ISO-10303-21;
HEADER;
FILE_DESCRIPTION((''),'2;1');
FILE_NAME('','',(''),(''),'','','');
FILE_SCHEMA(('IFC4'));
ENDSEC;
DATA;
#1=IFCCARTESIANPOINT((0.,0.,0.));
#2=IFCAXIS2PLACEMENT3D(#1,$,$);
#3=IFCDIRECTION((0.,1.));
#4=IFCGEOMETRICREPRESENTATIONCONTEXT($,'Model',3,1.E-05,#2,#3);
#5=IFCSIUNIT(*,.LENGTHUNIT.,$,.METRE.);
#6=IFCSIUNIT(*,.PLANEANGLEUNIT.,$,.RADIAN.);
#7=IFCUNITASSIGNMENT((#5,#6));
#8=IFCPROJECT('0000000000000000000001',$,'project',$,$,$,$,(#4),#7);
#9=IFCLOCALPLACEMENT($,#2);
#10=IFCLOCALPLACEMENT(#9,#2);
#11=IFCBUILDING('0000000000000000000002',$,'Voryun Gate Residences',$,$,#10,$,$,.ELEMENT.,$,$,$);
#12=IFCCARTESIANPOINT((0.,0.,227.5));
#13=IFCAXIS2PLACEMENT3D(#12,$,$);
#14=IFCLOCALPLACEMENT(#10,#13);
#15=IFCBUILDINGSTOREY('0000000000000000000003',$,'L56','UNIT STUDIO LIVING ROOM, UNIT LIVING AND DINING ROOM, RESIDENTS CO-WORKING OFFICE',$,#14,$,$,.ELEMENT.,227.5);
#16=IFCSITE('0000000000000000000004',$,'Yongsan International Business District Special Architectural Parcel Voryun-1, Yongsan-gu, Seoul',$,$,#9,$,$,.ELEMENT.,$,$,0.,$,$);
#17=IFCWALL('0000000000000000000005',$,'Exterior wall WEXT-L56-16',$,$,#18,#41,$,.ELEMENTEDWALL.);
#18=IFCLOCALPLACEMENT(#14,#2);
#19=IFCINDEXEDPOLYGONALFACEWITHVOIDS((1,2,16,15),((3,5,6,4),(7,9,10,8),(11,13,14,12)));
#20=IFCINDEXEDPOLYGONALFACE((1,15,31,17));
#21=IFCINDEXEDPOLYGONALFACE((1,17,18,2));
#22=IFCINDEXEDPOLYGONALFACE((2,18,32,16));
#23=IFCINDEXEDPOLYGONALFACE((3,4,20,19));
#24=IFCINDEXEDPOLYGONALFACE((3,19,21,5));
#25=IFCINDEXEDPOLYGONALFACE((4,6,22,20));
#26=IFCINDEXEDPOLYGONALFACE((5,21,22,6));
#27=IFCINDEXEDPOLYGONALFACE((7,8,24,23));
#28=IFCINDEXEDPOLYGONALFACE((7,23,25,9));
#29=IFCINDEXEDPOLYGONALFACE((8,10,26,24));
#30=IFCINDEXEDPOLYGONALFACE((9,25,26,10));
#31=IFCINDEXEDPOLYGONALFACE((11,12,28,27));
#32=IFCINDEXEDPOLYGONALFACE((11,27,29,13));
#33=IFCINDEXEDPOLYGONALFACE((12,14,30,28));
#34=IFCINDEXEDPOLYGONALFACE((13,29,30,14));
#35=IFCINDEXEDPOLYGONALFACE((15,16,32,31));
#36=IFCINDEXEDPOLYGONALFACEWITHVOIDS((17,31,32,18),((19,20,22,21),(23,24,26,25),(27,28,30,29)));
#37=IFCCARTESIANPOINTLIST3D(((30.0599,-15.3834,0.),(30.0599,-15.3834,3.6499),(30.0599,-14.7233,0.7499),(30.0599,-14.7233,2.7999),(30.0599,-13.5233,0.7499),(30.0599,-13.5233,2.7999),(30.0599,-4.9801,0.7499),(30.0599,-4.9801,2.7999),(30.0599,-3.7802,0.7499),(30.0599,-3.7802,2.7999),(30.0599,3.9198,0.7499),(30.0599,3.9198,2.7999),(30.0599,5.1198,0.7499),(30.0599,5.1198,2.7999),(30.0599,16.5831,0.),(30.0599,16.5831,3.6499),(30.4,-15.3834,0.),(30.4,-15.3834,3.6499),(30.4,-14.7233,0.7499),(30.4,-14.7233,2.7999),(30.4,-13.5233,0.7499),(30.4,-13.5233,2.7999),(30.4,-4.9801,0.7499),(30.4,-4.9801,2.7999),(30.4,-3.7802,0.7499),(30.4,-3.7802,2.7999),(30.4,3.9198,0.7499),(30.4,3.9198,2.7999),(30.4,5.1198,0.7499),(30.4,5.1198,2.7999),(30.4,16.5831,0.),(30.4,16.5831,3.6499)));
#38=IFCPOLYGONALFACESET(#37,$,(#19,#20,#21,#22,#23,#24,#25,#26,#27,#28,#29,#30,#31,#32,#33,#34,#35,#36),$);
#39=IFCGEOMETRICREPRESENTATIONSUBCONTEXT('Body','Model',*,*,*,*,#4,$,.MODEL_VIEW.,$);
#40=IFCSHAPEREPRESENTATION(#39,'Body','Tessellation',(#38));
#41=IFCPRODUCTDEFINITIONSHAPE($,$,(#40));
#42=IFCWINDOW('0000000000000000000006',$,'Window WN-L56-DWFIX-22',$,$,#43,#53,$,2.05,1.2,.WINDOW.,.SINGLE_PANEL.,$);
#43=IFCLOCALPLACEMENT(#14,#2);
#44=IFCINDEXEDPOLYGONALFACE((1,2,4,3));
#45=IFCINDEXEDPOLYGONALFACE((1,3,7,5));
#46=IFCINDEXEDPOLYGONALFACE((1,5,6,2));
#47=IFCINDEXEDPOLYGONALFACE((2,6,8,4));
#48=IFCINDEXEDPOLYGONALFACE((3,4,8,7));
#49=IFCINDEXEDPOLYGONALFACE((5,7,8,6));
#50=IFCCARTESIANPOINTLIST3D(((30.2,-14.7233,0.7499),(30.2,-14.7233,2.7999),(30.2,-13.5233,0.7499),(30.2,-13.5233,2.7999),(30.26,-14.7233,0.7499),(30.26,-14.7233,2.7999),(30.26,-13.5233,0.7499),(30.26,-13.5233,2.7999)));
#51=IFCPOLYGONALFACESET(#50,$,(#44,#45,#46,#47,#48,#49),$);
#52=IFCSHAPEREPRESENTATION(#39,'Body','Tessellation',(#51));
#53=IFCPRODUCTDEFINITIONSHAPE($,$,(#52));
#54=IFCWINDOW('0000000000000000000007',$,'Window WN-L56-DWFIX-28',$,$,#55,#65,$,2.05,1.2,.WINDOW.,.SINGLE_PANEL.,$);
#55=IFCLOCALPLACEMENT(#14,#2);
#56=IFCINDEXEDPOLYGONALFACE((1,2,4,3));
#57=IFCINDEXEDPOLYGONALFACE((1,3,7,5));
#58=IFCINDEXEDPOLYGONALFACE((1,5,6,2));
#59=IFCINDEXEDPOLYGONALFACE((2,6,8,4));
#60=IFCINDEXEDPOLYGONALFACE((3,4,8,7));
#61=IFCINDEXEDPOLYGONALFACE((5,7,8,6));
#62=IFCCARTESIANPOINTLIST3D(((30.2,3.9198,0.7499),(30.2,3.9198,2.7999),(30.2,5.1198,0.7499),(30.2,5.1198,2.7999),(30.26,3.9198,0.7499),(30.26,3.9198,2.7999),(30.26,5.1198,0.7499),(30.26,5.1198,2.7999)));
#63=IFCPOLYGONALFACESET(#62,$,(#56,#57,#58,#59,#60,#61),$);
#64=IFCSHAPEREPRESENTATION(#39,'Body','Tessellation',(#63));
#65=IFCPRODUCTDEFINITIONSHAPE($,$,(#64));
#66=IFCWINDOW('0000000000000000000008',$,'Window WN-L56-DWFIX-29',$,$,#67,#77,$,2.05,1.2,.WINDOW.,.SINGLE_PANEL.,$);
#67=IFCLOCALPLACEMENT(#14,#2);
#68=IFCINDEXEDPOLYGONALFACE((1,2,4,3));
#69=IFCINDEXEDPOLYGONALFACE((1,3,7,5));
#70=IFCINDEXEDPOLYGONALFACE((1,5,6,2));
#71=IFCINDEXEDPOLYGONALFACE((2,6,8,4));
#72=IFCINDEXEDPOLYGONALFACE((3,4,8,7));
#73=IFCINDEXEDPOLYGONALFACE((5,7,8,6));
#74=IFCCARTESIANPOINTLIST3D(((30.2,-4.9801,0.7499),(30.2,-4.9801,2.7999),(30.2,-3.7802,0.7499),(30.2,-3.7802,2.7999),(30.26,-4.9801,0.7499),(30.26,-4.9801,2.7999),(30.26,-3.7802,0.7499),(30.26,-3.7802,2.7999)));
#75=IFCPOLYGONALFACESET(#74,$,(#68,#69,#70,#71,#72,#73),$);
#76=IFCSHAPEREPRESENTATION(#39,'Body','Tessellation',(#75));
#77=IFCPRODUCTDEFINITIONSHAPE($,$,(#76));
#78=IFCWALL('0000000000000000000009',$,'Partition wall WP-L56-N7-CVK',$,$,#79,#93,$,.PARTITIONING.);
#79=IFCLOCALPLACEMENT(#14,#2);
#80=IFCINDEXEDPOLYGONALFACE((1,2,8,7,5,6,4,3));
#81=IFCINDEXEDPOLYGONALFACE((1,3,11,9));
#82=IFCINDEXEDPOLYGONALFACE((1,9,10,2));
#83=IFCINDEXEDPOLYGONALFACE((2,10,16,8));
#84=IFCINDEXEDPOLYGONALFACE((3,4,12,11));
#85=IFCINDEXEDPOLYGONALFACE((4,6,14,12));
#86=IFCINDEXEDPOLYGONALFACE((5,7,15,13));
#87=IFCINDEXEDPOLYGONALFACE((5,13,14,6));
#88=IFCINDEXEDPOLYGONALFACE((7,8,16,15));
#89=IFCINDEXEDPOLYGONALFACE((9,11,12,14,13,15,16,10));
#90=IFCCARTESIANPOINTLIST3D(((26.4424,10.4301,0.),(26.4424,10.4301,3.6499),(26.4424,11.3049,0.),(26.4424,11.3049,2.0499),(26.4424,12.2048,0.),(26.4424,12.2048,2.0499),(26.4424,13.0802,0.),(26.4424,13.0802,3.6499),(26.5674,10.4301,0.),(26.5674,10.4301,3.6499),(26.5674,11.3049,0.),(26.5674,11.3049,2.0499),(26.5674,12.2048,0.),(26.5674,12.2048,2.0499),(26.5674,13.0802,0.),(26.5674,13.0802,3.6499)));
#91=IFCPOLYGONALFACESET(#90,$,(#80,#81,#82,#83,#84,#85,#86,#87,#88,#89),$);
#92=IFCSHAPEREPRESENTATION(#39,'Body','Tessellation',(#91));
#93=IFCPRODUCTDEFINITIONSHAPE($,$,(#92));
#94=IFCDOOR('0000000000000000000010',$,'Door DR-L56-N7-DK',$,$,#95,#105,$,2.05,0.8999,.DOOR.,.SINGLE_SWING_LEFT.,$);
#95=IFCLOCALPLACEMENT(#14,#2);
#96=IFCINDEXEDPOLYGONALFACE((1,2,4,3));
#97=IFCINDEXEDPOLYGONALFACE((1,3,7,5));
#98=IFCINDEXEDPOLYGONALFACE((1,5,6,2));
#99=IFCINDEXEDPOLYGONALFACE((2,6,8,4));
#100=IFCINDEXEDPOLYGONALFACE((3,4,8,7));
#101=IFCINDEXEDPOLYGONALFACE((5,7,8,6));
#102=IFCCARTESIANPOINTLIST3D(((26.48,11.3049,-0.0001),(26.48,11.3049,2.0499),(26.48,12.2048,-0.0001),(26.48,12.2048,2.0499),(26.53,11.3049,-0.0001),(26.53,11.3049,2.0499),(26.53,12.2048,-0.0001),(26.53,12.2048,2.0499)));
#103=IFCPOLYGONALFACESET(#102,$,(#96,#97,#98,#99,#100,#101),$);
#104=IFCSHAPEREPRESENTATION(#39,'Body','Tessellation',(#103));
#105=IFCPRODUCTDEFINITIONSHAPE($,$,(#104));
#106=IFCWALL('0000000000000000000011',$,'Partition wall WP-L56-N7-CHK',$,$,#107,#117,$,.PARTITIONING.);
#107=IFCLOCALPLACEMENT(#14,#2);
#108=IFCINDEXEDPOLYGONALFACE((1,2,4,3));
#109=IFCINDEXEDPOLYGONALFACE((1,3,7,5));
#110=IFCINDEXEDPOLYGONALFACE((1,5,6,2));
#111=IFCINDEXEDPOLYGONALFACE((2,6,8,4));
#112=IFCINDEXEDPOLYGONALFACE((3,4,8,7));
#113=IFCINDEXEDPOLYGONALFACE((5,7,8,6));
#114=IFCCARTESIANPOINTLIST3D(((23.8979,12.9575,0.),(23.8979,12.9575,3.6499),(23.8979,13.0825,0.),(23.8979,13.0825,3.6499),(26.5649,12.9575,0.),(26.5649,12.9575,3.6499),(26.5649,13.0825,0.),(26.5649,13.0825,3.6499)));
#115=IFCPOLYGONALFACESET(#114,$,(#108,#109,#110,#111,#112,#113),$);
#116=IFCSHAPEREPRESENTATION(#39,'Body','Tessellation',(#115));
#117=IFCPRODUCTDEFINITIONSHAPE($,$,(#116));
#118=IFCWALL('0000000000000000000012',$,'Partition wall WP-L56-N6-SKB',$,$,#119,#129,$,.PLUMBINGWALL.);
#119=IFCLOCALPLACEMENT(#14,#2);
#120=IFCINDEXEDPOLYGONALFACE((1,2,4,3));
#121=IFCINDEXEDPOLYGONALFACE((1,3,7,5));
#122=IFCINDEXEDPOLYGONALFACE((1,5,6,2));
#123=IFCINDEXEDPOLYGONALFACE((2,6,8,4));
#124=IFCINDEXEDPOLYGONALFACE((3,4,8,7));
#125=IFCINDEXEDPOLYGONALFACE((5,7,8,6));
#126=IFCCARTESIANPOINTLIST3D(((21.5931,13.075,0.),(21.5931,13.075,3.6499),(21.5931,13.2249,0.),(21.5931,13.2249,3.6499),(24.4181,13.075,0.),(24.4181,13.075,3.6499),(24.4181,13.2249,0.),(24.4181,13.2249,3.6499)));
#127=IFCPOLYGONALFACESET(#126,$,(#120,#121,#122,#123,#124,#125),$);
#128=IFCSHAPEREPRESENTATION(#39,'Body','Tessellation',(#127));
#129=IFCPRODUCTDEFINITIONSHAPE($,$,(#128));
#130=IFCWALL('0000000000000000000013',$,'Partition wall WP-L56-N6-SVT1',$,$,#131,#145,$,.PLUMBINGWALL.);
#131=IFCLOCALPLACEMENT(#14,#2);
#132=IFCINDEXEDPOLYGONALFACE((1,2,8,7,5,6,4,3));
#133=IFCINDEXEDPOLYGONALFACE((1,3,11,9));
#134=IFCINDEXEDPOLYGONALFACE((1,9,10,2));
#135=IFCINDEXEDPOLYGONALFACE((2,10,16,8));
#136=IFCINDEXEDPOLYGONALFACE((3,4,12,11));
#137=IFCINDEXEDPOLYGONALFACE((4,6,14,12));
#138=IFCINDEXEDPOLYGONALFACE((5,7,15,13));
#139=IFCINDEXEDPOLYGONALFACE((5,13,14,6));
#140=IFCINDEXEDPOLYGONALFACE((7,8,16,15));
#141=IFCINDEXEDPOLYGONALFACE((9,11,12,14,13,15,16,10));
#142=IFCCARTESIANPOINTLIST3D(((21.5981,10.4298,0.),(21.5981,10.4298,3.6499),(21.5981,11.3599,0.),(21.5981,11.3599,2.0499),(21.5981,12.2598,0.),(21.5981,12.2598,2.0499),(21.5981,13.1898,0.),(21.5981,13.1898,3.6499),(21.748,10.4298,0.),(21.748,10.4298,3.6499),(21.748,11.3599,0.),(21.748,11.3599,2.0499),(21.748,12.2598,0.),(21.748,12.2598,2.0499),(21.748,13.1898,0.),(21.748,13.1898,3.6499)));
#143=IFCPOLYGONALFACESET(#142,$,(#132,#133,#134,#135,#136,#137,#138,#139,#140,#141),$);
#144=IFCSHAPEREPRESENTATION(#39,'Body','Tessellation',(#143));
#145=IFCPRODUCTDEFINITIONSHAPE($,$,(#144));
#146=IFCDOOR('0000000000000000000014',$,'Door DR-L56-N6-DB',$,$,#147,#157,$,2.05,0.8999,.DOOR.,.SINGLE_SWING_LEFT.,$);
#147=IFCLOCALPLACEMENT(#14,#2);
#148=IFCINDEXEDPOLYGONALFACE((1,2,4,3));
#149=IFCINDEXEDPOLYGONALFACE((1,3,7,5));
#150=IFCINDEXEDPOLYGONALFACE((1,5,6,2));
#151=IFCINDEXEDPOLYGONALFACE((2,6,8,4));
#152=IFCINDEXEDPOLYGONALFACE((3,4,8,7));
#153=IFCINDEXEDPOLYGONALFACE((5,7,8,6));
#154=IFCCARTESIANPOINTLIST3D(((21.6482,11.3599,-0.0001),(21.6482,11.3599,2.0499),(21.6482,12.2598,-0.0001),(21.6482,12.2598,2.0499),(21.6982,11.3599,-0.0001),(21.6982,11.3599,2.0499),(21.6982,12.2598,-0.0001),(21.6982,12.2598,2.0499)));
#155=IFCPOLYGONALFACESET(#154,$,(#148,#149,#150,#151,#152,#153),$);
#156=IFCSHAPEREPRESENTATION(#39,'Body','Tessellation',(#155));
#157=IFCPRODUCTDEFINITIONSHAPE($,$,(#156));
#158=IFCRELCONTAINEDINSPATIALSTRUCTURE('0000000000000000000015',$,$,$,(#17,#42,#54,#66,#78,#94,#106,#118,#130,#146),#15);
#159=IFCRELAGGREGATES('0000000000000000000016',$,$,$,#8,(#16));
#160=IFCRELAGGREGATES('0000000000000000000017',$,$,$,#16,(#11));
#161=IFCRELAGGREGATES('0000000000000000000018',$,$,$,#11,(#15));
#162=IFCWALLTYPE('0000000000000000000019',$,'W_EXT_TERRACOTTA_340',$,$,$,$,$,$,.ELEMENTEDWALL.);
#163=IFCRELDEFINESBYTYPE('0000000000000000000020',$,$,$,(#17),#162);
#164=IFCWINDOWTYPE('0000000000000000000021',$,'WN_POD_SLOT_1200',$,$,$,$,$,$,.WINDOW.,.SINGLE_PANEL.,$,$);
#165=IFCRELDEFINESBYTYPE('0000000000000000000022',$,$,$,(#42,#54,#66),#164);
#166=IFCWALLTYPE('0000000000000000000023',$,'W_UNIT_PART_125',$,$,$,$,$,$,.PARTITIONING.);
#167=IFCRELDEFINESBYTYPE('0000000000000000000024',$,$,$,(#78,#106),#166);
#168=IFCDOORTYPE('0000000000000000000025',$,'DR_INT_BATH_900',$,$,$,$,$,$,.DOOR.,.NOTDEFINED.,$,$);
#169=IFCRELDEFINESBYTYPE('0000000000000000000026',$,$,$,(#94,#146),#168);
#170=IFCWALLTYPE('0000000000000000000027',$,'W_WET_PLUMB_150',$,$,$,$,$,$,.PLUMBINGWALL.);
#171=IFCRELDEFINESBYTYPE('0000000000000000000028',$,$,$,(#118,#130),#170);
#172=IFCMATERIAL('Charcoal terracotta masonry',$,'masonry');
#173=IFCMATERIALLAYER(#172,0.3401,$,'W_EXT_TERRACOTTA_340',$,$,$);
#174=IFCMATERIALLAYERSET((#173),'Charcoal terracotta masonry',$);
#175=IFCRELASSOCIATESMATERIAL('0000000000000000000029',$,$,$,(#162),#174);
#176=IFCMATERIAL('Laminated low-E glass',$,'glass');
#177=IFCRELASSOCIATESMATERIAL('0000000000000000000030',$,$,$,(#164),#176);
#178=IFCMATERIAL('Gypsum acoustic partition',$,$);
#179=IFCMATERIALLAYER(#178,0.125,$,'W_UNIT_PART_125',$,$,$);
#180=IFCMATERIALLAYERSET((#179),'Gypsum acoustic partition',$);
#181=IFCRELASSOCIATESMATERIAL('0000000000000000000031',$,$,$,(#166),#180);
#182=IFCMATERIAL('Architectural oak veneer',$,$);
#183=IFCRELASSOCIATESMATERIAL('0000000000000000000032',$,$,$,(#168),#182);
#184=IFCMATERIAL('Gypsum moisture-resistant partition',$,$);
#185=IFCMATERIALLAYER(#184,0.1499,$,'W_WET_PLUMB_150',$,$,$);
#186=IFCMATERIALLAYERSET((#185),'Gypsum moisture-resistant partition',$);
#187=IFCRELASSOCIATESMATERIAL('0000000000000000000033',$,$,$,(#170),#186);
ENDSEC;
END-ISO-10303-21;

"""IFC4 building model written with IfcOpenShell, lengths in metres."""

from ifc_helpers import new_model, si_unit, direction, frame, frame_2d, origin, place, context, subcontext, project, spatial, rectangle, extrude, material, layer, layer_set, type_object, element, fill, save


model = new_model("IFC4")

# Units and contexts
model_context = context("Model", 3, precision=1e-05, world=origin(), true_north=direction((0.0, 1.0)))
body_context = subcontext(model_context, "Body", "Model", "MODEL_VIEW")
ifc_project = project(units=[si_unit("LENGTHUNIT", "METRE"), si_unit("PLANEANGLEUNIT", "RADIAN")], contexts=[model_context])

# Site, building, storey
site_placement = place(None, origin())
site = spatial("IfcSite", under=ifc_project, at=site_placement, Name="Yongsan International Business District Special Architectural Parcel Voryun-1, Yongsan-gu, Seoul", CompositionType="ELEMENT", RefElevation=0.0)
building_placement = place(site_placement, origin())
building = spatial("IfcBuilding", under=site, at=building_placement, Name="Voryun Gate Residences", CompositionType="ELEMENT")
storey_placement = place(building_placement, frame((0.0, 0.0, 227.5)))
storey = spatial("IfcBuildingStorey", under=building, at=storey_placement, Name="L56", Description="UNIT STUDIO LIVING ROOM, UNIT LIVING AND DINING ROOM, RESIDENTS CO-WORKING OFFICE", CompositionType="ELEMENT", Elevation=227.5)

# Shared definitions
ifc_material_1 = material(Name="Charcoal terracotta masonry", Category="masonry")
ifc_layer_1 = layer(ifc_material_1, 0.3401, Name="W_EXT_TERRACOTTA_340")
ifc_layer_set_1 = layer_set([ifc_layer_1], Name="Charcoal terracotta masonry")
wall_type_1 = type_object("IfcWallType", Name="W_EXT_TERRACOTTA_340", PredefinedType="ELEMENTEDWALL", material=ifc_layer_set_1)

# Wall, openings, windows
wall_1_placement = place(storey_placement, frame((30.23, 16.5833, 0.0), z_axis=(0.0, 0.0, 1.0), x_axis=(0.0, -1.0, 0.0)))
wall_1 = element("IfcWall", 1, at=wall_1_placement, inside=storey, type_object=wall_type_1, Name="Exterior wall WEXT-L56-16", PredefinedType="ELEMENTEDWALL", context=body_context, shape_type="SweptSolid", body=[
    extrude(rectangle(XDim=31.9666, YDim=0.3401, at=frame_2d((15.9834, 0.0))), origin(), (0.0, 0.0, 1.0), 3.6499),
])
opening_1_placement = place(wall_1_placement, frame((30.1064, 0.0, 0.75)))
opening_1 = element("IfcOpeningElement", 2, at=opening_1_placement, cuts=wall_1, PredefinedType="OPENING", context=body_context, shape_type="SweptSolid", body=[
    extrude(rectangle(XDim=1.2, YDim=2.05, at=frame_2d((0.6001, 1.0249))), frame((0.0, 0.1799, 0.0), z_axis=(0.0, -1.0, 0.0), x_axis=(1.0, 0.0, 0.0)), (0.0, 0.0, 1.0), 0.3601),
])
opening_2_placement = place(wall_1_placement, frame((11.4634, 0.0, 0.75)))
opening_2 = element("IfcOpeningElement", 3, at=opening_2_placement, cuts=wall_1, PredefinedType="OPENING", context=body_context, shape_type="SweptSolid", body=[
    extrude(rectangle(XDim=1.2, YDim=2.05, at=frame_2d((0.6001, 1.0249))), frame((0.0, 0.1799, 0.0), z_axis=(0.0, -1.0, 0.0), x_axis=(1.0, 0.0, 0.0)), (0.0, 0.0, 1.0), 0.3601),
])
opening_3_placement = place(wall_1_placement, frame((20.3633, 0.0, 0.75)))
opening_3 = element("IfcOpeningElement", 4, at=opening_3_placement, cuts=wall_1, PredefinedType="OPENING", context=body_context, shape_type="SweptSolid", body=[
    extrude(rectangle(XDim=1.2, YDim=2.05, at=frame_2d((0.6001, 1.0249))), frame((0.0, 0.1799, 0.0), z_axis=(0.0, -1.0, 0.0), x_axis=(1.0, 0.0, 0.0)), (0.0, 0.0, 1.0), 0.3601),
])
ifc_material_2 = material(Name="Laminated low-E glass", Category="glass")
window_type = type_object("IfcWindowType", Name="WN_POD_SLOT_1200", PartitioningType="SINGLE_PANEL", PredefinedType="WINDOW", material=ifc_material_2)
window_1_placement = place(opening_1_placement, origin())
window_1 = element("IfcWindow", 5, at=window_1_placement, inside=storey, type_object=window_type, Name="Window WN-L56-DWFIX-22", OverallHeight=2.05, OverallWidth=1.2, PartitioningType="SINGLE_PANEL", PredefinedType="WINDOW", context=body_context, shape_type="SweptSolid", body=[
    extrude(rectangle(XDim=1.2, YDim=2.05, at=frame_2d((0.6001, 1.0249))), frame((0.0, 0.03, 0.0), z_axis=(0.0, -1.0, 0.0), x_axis=(1.0, 0.0, 0.0)), (0.0, 0.0, 1.0), 0.0601),
])
fill(opening_1, window_1)
window_2_placement = place(opening_2_placement, origin())
window_2 = element("IfcWindow", 6, at=window_2_placement, inside=storey, type_object=window_type, Name="Window WN-L56-DWFIX-28", OverallHeight=2.05, OverallWidth=1.2, PartitioningType="SINGLE_PANEL", PredefinedType="WINDOW", context=body_context, shape_type="SweptSolid", body=[
    extrude(rectangle(XDim=1.2, YDim=2.05, at=frame_2d((0.6001, 1.0249))), frame((0.0, 0.03, 0.0), z_axis=(0.0, -1.0, 0.0), x_axis=(1.0, 0.0, 0.0)), (0.0, 0.0, 1.0), 0.0601),
])
fill(opening_2, window_2)
window_3_placement = place(opening_3_placement, origin())
window_3 = element("IfcWindow", 7, at=window_3_placement, inside=storey, type_object=window_type, Name="Window WN-L56-DWFIX-29", OverallHeight=2.05, OverallWidth=1.2, PartitioningType="SINGLE_PANEL", PredefinedType="WINDOW", context=body_context, shape_type="SweptSolid", body=[
    extrude(rectangle(XDim=1.2, YDim=2.05, at=frame_2d((0.6001, 1.0249))), frame((0.0, 0.03, 0.0), z_axis=(0.0, -1.0, 0.0), x_axis=(1.0, 0.0, 0.0)), (0.0, 0.0, 1.0), 0.0601),
])
fill(opening_3, window_3)

# Wall, opening, door
ifc_material_3 = material(Name="Gypsum acoustic partition")
ifc_layer_2 = layer(ifc_material_3, 0.125, Name="W_UNIT_PART_125")
ifc_layer_set_2 = layer_set([ifc_layer_2], Name="Gypsum acoustic partition")
wall_type_2 = type_object("IfcWallType", Name="W_UNIT_PART_125", PredefinedType="PARTITIONING", material=ifc_layer_set_2)
wall_2_placement = place(storey_placement, frame((26.5049, 10.4299, 0.0), z_axis=(0.0, 0.0, 1.0), x_axis=(0.0, 1.0, 0.0)))
wall_2 = element("IfcWall", 8, at=wall_2_placement, inside=storey, type_object=wall_type_2, Name="Partition wall WP-L56-N7-CVK", PredefinedType="PARTITIONING", context=body_context, shape_type="SweptSolid", body=[
    extrude(rectangle(XDim=2.6501, YDim=0.125, at=frame_2d((1.3252, 0.0))), origin(), (0.0, 0.0, 1.0), 3.6499),
])
opening_4_placement = place(wall_2_placement, frame((0.875, 0.0, 0.0)))
opening_4 = element("IfcOpeningElement", 9, at=opening_4_placement, cuts=wall_2, PredefinedType="OPENING", context=body_context, shape_type="SweptSolid", body=[
    extrude(rectangle(XDim=0.8999, YDim=2.05, at=frame_2d((0.45, 1.0249))), frame((0.0, 0.0725, 0.0), z_axis=(0.0, -1.0, 0.0), x_axis=(1.0, 0.0, 0.0)), (0.0, 0.0, 1.0), 0.145),
])
ifc_material_4 = material(Name="Architectural oak veneer")
door_type = type_object("IfcDoorType", Name="DR_INT_BATH_900", OperationType="NOTDEFINED", PredefinedType="DOOR", material=ifc_material_4)
door_1_placement = place(opening_4_placement, origin())
door_1 = element("IfcDoor", 10, at=door_1_placement, inside=storey, type_object=door_type, Name="Door DR-L56-N7-DK", OperationType="SINGLE_SWING_LEFT", OverallHeight=2.05, OverallWidth=0.8999, PredefinedType="DOOR", context=body_context, shape_type="SweptSolid", body=[
    extrude(rectangle(XDim=0.8999, YDim=2.05, at=frame_2d((0.45, 1.0249))), frame((0.0, 0.0249, 0.0), z_axis=(0.0, -1.0, 0.0), x_axis=(1.0, 0.0, 0.0)), (0.0, 0.0, 1.0), 0.05),
])
fill(opening_4, door_1)

# Walls
wall_3_placement = place(storey_placement, frame((23.8979, 13.02, 0.0), z_axis=(0.0, 0.0, 1.0), x_axis=(1.0, 0.0, 0.0)))
element("IfcWall", 11, at=wall_3_placement, inside=storey, type_object=wall_type_2, Name="Partition wall WP-L56-N7-CHK", PredefinedType="PARTITIONING", context=body_context, shape_type="SweptSolid", body=[
    extrude(rectangle(XDim=2.667, YDim=0.125, at=frame_2d((1.3335, 0.0))), origin(), (0.0, 0.0, 1.0), 3.6499),
])
ifc_material_5 = material(Name="Gypsum moisture-resistant partition")
ifc_layer_3 = layer(ifc_material_5, 0.1499, Name="W_WET_PLUMB_150")
ifc_layer_set_3 = layer_set([ifc_layer_3], Name="Gypsum moisture-resistant partition")
wall_type_3 = type_object("IfcWallType", Name="W_WET_PLUMB_150", PredefinedType="PLUMBINGWALL", material=ifc_layer_set_3)
wall_4_placement = place(storey_placement, frame((21.593, 13.1499, 0.0), z_axis=(0.0, 0.0, 1.0), x_axis=(1.0, 0.0, 0.0)))
element("IfcWall", 12, at=wall_4_placement, inside=storey, type_object=wall_type_3, Name="Partition wall WP-L56-N6-SKB", PredefinedType="PLUMBINGWALL", context=body_context, shape_type="SweptSolid", body=[
    extrude(rectangle(XDim=2.825, YDim=0.1499, at=frame_2d((1.4126, 0.0))), origin(), (0.0, 0.0, 1.0), 3.6499),
])

# Wall, opening, door
wall_5_placement = place(storey_placement, frame((21.6731, 10.4299, 0.0), z_axis=(0.0, 0.0, 1.0), x_axis=(0.0, 1.0, 0.0)))
wall_5 = element("IfcWall", 13, at=wall_5_placement, inside=storey, type_object=wall_type_3, Name="Partition wall WP-L56-N6-SVT1", PredefinedType="PLUMBINGWALL", context=body_context, shape_type="SweptSolid", body=[
    extrude(rectangle(XDim=2.76, YDim=0.1499, at=frame_2d((1.3799, 0.0))), origin(), (0.0, 0.0, 1.0), 3.6499),
])
opening_5_placement = place(wall_5_placement, frame((0.9299, 0.0, 0.0)))
opening_5 = element("IfcOpeningElement", 14, at=opening_5_placement, cuts=wall_5, PredefinedType="OPENING", context=body_context, shape_type="SweptSolid", body=[
    extrude(rectangle(XDim=0.8999, YDim=2.05, at=frame_2d((0.45, 1.0249))), frame((0.0, 0.085, 0.0), z_axis=(0.0, -1.0, 0.0), x_axis=(1.0, 0.0, 0.0)), (0.0, 0.0, 1.0), 0.1699),
])
door_2_placement = place(opening_5_placement, origin())
door_2 = element("IfcDoor", 15, at=door_2_placement, inside=storey, type_object=door_type, Name="Door DR-L56-N6-DB", OperationType="SINGLE_SWING_LEFT", OverallHeight=2.05, OverallWidth=0.8999, PredefinedType="DOOR", context=body_context, shape_type="SweptSolid", body=[
    extrude(rectangle(XDim=0.8999, YDim=2.05, at=frame_2d((0.45, 1.0249))), frame((0.0, 0.0249, 0.0), z_axis=(0.0, -1.0, 0.0), x_axis=(1.0, 0.0, 0.0)), (0.0, 0.0, 1.0), 0.05),
])
fill(opening_5, door_2)

save(model, "model.ifc")
